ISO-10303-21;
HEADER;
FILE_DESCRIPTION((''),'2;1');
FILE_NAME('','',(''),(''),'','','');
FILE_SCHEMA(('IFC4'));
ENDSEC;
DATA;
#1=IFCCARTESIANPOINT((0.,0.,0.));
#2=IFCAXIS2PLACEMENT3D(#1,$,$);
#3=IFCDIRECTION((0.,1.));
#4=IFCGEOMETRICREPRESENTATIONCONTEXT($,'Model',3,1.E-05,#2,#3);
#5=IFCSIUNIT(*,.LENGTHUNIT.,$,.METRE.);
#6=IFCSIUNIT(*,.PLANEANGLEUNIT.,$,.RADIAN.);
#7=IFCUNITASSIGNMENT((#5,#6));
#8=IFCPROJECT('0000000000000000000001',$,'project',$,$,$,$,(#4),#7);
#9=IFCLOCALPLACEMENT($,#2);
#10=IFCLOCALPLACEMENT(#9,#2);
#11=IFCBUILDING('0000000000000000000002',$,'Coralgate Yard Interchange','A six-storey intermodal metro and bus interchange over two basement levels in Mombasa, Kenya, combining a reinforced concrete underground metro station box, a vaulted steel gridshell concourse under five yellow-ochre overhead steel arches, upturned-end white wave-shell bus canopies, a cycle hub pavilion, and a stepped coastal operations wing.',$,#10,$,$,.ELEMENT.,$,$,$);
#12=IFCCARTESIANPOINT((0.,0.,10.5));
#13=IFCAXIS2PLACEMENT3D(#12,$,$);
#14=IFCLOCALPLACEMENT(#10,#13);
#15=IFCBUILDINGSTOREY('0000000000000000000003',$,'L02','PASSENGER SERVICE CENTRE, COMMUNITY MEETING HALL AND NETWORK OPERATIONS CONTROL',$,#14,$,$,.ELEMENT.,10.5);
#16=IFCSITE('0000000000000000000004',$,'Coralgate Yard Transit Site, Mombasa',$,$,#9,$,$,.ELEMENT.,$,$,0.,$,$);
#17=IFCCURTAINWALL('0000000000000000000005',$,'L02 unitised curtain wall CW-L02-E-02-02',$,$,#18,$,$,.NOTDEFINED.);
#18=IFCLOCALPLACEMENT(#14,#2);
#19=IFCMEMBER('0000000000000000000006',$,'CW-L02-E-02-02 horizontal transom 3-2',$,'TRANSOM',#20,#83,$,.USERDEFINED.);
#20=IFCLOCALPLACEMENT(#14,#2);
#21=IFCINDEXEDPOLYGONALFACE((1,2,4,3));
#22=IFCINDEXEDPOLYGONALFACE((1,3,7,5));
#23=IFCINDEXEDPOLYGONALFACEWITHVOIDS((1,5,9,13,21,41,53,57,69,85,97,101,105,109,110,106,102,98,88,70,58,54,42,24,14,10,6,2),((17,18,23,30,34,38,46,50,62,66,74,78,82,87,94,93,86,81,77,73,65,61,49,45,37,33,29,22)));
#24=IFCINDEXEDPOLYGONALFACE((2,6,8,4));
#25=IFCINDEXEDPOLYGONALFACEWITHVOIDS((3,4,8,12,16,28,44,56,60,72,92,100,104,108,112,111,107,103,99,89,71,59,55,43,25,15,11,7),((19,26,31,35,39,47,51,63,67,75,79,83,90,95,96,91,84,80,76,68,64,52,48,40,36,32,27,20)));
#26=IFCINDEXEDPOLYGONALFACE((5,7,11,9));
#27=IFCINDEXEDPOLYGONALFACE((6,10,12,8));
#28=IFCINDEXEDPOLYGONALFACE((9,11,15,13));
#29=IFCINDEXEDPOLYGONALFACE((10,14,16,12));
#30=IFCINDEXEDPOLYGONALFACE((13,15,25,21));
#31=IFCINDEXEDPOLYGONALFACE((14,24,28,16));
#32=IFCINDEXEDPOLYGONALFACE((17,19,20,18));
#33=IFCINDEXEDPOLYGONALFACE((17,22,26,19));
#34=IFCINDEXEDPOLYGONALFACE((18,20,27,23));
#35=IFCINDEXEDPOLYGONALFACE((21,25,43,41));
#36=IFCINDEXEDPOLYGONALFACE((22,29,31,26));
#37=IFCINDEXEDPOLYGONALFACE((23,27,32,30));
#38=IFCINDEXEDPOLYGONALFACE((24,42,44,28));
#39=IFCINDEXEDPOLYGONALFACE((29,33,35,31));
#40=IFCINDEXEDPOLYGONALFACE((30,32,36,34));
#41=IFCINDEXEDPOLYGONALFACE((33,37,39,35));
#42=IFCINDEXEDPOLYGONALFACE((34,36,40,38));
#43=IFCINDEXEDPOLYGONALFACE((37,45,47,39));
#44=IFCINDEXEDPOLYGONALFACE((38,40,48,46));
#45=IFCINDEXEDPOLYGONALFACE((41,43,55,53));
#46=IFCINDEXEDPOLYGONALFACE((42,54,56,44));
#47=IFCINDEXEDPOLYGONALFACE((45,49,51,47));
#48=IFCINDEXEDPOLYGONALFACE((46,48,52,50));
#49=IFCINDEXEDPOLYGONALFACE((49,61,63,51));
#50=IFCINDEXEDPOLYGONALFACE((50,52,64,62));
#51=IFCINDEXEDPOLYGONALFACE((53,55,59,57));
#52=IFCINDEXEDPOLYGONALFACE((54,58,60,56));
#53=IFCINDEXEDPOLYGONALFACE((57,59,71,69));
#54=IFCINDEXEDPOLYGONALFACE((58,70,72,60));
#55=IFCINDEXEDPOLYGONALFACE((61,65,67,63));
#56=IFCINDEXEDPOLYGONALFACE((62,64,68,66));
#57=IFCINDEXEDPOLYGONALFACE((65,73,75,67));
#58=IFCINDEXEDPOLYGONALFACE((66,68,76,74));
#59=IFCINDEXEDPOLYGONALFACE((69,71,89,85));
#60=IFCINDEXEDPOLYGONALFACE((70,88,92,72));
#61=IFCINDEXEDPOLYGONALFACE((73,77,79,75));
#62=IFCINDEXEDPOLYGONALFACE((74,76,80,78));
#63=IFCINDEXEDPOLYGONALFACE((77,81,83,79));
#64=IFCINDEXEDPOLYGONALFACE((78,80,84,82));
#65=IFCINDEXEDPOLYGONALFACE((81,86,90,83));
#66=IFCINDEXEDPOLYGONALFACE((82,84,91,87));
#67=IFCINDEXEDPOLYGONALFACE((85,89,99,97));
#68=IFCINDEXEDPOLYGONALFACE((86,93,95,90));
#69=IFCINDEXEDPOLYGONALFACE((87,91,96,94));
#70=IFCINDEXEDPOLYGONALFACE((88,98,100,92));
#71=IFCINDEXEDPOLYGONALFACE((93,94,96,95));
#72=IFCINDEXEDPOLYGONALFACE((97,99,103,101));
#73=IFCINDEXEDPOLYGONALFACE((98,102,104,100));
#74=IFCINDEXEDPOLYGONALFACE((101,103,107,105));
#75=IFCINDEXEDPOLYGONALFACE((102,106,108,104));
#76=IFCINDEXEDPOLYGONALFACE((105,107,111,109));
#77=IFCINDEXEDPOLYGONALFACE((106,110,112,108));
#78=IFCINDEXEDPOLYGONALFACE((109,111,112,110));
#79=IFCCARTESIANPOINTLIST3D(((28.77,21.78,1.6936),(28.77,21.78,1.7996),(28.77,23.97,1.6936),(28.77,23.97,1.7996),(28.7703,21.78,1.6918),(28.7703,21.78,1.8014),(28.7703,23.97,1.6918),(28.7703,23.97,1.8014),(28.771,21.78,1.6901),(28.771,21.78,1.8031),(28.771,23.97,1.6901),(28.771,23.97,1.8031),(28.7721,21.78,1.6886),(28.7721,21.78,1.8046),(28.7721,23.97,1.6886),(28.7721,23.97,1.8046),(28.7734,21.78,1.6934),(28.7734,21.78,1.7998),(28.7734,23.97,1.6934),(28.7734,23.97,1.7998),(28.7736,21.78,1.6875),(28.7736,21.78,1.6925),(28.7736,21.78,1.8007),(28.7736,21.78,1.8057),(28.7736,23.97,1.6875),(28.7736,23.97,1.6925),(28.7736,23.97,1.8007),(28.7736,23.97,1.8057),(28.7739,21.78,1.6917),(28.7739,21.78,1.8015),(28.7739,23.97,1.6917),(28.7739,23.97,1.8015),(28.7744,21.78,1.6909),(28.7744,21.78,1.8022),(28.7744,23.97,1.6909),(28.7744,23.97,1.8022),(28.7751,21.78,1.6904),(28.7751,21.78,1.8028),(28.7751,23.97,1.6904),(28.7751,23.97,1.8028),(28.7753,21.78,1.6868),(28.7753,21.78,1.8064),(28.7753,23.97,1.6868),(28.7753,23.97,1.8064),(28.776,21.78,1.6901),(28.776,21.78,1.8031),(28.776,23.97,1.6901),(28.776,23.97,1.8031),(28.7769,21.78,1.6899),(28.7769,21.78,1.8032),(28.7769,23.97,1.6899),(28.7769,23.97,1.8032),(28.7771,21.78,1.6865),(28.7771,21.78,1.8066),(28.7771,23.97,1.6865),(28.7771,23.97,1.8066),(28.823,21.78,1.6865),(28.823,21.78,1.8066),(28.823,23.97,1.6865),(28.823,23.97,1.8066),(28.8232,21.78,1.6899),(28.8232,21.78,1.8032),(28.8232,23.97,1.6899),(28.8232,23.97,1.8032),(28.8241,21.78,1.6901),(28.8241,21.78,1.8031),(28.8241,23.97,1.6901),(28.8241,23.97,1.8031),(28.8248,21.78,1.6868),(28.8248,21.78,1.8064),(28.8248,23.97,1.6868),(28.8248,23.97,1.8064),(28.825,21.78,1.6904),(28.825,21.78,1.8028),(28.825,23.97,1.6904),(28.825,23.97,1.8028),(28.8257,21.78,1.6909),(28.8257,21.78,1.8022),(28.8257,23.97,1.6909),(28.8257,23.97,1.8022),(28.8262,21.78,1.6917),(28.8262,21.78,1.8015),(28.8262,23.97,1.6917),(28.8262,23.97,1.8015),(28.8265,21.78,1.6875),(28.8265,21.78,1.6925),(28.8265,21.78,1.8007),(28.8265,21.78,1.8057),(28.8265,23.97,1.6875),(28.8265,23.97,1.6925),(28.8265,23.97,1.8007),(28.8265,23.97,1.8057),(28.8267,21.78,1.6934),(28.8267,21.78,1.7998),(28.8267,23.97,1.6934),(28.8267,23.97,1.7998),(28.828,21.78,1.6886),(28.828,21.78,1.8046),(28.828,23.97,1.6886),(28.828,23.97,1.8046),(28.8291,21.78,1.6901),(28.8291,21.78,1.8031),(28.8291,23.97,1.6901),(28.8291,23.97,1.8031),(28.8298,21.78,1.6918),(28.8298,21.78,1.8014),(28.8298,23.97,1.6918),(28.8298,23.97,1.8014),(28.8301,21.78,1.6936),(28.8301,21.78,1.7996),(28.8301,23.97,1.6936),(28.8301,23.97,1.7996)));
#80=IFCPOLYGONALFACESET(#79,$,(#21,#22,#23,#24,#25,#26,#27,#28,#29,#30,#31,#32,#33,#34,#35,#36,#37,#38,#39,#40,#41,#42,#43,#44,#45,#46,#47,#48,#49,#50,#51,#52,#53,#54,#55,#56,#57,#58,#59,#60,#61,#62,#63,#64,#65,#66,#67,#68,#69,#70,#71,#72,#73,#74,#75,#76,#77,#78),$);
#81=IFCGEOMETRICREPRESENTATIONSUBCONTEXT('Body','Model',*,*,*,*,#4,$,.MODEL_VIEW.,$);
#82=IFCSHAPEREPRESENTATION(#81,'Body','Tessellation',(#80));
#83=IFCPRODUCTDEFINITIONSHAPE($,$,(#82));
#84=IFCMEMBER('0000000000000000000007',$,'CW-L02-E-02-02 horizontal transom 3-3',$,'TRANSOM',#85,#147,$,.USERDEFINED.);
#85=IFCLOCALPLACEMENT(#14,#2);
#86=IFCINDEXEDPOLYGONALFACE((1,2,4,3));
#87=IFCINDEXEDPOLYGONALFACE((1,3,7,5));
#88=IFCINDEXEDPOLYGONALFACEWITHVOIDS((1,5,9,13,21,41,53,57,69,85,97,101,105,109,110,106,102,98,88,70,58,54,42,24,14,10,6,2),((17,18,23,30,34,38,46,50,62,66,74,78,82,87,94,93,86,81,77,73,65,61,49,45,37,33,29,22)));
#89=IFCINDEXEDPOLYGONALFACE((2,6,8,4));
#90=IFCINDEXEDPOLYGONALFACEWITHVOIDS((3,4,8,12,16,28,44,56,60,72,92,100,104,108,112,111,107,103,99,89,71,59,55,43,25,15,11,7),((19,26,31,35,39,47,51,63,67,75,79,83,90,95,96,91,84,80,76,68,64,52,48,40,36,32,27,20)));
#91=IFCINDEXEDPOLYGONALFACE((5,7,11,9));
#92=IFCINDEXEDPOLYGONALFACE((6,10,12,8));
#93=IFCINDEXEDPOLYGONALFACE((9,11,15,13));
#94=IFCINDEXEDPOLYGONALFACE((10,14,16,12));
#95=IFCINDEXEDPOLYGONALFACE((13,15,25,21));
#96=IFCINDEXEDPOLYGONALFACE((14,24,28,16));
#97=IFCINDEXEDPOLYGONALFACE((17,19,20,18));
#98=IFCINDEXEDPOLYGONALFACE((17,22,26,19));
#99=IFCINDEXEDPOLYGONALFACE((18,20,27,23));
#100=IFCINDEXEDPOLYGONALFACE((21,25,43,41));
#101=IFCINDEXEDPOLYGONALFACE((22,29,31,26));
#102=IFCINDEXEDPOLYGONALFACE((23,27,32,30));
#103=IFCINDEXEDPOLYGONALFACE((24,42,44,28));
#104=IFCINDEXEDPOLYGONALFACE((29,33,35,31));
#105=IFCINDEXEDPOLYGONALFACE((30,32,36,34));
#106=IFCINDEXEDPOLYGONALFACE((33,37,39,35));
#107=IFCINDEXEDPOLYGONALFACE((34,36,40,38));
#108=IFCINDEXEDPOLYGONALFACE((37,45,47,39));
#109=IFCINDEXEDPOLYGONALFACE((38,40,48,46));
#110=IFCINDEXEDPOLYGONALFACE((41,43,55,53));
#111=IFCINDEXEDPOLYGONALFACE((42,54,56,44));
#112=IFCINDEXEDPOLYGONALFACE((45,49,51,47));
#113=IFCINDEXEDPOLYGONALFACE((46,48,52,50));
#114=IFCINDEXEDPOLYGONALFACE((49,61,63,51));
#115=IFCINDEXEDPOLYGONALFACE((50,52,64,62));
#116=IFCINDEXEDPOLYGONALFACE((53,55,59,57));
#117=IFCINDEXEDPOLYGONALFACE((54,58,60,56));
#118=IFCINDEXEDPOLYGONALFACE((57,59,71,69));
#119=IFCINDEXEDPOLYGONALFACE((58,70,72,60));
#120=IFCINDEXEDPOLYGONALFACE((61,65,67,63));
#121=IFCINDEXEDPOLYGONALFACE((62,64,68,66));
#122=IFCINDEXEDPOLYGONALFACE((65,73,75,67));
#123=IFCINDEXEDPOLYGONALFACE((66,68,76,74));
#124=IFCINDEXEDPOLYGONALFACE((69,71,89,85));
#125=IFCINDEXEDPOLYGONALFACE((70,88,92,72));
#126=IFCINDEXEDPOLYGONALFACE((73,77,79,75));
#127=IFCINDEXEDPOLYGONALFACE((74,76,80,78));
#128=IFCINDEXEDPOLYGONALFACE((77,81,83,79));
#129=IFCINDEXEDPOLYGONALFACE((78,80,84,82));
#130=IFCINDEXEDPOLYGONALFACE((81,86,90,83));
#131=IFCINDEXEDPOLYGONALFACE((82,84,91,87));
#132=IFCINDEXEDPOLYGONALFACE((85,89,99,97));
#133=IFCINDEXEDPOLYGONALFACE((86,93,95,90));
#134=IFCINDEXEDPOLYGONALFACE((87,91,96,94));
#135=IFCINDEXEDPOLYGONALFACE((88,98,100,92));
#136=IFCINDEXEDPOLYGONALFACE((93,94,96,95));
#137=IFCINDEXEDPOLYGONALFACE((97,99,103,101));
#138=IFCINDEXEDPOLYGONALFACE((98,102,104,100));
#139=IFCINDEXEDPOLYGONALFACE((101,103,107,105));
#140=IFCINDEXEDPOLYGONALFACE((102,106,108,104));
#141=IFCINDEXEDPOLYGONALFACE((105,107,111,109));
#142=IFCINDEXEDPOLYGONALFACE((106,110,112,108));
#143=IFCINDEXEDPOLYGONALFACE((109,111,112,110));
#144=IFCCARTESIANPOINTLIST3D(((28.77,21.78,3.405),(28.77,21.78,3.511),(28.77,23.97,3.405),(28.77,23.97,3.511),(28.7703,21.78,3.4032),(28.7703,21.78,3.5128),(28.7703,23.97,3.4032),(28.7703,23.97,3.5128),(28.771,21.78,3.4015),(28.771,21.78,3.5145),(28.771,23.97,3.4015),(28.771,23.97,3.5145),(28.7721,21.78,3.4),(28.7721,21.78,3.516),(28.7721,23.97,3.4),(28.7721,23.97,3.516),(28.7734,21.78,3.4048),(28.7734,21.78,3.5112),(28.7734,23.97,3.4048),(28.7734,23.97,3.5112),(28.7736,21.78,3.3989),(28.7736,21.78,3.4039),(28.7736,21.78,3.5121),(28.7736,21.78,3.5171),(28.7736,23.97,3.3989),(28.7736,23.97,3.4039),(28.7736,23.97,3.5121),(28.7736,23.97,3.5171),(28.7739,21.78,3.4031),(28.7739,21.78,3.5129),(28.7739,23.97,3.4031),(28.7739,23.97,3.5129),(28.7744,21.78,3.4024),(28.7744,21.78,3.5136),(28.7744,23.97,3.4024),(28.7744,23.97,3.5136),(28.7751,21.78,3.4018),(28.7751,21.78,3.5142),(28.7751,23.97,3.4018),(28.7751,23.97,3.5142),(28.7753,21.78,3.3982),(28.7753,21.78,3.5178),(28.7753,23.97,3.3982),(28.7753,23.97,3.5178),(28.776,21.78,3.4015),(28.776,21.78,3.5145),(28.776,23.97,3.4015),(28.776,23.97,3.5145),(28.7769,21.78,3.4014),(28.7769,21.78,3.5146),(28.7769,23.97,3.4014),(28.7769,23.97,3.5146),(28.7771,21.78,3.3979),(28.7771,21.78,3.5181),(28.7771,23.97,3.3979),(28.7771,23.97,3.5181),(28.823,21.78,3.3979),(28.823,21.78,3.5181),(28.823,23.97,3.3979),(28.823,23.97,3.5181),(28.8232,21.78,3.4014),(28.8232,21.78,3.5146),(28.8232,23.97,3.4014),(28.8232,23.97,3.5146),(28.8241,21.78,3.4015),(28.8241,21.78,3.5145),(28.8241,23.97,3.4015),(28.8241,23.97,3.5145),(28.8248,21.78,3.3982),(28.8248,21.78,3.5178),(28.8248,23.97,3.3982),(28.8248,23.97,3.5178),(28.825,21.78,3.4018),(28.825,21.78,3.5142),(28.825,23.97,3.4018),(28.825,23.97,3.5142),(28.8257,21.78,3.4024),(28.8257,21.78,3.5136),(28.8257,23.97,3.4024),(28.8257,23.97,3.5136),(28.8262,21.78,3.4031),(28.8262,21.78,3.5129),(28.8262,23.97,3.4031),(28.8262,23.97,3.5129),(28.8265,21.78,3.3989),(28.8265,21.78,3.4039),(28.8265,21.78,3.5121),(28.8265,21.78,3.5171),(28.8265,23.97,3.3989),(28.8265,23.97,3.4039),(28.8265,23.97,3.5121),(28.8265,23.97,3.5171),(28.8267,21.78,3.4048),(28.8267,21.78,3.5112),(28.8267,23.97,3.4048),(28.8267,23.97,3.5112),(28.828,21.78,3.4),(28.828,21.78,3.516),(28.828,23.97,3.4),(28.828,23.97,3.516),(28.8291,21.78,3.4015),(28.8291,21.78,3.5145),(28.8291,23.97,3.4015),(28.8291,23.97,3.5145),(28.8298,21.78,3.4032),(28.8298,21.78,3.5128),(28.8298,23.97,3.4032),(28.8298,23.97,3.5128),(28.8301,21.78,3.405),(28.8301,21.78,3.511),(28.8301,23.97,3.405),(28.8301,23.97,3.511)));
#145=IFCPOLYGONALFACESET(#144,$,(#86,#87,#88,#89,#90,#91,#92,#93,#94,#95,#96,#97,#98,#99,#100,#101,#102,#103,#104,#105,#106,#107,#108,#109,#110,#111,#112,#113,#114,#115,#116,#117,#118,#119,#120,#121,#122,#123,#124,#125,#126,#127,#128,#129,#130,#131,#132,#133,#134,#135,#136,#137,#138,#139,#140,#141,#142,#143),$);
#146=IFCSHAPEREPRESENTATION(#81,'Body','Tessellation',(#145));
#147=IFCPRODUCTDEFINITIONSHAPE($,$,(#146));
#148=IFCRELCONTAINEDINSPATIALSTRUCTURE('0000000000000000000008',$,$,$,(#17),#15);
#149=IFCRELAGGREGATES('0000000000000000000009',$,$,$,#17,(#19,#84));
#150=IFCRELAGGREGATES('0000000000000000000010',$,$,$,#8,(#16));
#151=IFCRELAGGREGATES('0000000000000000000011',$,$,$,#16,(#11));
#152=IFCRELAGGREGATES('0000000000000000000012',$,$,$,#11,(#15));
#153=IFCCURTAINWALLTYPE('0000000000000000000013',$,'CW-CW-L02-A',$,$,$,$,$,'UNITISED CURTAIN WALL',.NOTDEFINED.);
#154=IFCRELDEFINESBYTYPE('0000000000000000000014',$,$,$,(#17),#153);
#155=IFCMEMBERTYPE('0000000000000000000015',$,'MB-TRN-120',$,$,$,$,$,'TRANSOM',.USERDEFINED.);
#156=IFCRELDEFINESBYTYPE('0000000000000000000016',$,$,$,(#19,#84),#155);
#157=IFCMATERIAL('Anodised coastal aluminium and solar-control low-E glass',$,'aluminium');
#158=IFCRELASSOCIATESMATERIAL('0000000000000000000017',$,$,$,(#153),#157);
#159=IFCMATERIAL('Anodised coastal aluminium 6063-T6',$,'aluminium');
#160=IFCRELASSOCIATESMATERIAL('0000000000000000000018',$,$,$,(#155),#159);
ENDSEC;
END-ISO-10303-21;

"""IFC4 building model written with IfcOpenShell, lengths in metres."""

from ifc_helpers import new_model, si_unit, direction, frame, origin, origin_2d, place, context, subcontext, project, spatial, hollow_rectangle, extrude, material, material_profile, profile_set, type_object, element, aggregate, save


model = new_model("IFC4")

# Units and contexts
model_context = context("Model", 3, precision=1e-05, world=origin(), true_north=direction((0.0, 1.0)))
body_context = subcontext(model_context, "Body", "Model", "MODEL_VIEW")
ifc_project = project(units=[si_unit("LENGTHUNIT", "METRE"), si_unit("PLANEANGLEUNIT", "RADIAN")], contexts=[model_context])

# Site, building, storey
site_placement = place(None, origin())
site = spatial("IfcSite", under=ifc_project, at=site_placement, Name="Coralgate Yard Transit Site, Mombasa", CompositionType="ELEMENT", RefElevation=0.0)
building_placement = place(site_placement, origin())
building = spatial("IfcBuilding", under=site, at=building_placement, Name="Coralgate Yard Interchange", Description="A six-storey intermodal metro and bus interchange over two basement levels in Mombasa, Kenya, combining a reinforced concrete underground metro station box, a vaulted steel gridshell concourse under five yellow-ochre overhead steel arches, upturned-end white wave-shell bus canopies, a cycle hub pavilion, and a stepped coastal operations wing.", CompositionType="ELEMENT")
storey_placement = place(building_placement, frame((0.0, 0.0, 10.5)))
storey = spatial("IfcBuildingStorey", under=building, at=storey_placement, Name="L02", Description="PASSENGER SERVICE CENTRE, COMMUNITY MEETING HALL AND NETWORK OPERATIONS CONTROL", CompositionType="ELEMENT", Elevation=10.5)

# Curtain wall, members
ifc_material_1 = material(Name="Anodised coastal aluminium and solar-control low-E glass", Category="aluminium")
curtain_wall_type = type_object("IfcCurtainWallType", Name="CW-CW-L02-A", ElementType="UNITISED CURTAIN WALL", PredefinedType="NOTDEFINED", material=ifc_material_1)
curtain_wall_placement = place(storey_placement, origin())
curtain_wall = element("IfcCurtainWall", 1, at=curtain_wall_placement, inside=storey, type_object=curtain_wall_type, Name="L02 unitised curtain wall CW-L02-E-02-02", PredefinedType="NOTDEFINED")
ifc_material_2 = material(Name="Anodised coastal aluminium 6063-T6", Category="aluminium")
ifc_material_profile_1 = material_profile(ifc_material_2, hollow_rectangle(XDim=0.0601, YDim=0.1201, WallThickness=0.0034, InnerFilletRadius=0.0034, OuterFilletRadius=0.0071, at=origin_2d()), Name="ALU 60x120x3.5")
ifc_profile_set_1 = profile_set([ifc_material_profile_1], Name="Anodised coastal aluminium 6063-T6")
member_type_1 = type_object("IfcMemberType", Name="MB-TRN-120", ElementType="TRANSOM", PredefinedType="USERDEFINED", material=ifc_profile_set_1)
member_1_placement = place(storey_placement, frame((28.8, 23.97, 1.7466), z_axis=(0.0, -1.0, 0.0), x_axis=(1.0, 0.0, 0.0)))
member_1 = element("IfcMember", 2, at=member_1_placement, type_object=member_type_1, Name="CW-L02-E-02-02 horizontal transom 3-2", ObjectType="TRANSOM", PredefinedType="USERDEFINED", context=body_context, shape_type="SweptSolid", body=[
    extrude(hollow_rectangle(XDim=0.0601, YDim=0.1201, WallThickness=0.0034, InnerFilletRadius=0.0034, OuterFilletRadius=0.0071, at=origin_2d()), origin(), (0.0, 0.0, 1.0), 2.1899),
])
member_2_placement = place(storey_placement, frame((28.8, 23.97, 3.458), z_axis=(0.0, -1.0, 0.0), x_axis=(1.0, 0.0, 0.0)))
member_2 = element("IfcMember", 3, at=member_2_placement, type_object=member_type_1, Name="CW-L02-E-02-02 horizontal transom 3-3", ObjectType="TRANSOM", PredefinedType="USERDEFINED", context=body_context, shape_type="SweptSolid", body=[
    extrude(hollow_rectangle(XDim=0.0601, YDim=0.1201, WallThickness=0.0034, InnerFilletRadius=0.0034, OuterFilletRadius=0.0071, at=origin_2d()), origin(), (0.0, 0.0, 1.0), 2.1899),
])
aggregate(curtain_wall, [member_1, member_2])

save(model, "model.ifc")
